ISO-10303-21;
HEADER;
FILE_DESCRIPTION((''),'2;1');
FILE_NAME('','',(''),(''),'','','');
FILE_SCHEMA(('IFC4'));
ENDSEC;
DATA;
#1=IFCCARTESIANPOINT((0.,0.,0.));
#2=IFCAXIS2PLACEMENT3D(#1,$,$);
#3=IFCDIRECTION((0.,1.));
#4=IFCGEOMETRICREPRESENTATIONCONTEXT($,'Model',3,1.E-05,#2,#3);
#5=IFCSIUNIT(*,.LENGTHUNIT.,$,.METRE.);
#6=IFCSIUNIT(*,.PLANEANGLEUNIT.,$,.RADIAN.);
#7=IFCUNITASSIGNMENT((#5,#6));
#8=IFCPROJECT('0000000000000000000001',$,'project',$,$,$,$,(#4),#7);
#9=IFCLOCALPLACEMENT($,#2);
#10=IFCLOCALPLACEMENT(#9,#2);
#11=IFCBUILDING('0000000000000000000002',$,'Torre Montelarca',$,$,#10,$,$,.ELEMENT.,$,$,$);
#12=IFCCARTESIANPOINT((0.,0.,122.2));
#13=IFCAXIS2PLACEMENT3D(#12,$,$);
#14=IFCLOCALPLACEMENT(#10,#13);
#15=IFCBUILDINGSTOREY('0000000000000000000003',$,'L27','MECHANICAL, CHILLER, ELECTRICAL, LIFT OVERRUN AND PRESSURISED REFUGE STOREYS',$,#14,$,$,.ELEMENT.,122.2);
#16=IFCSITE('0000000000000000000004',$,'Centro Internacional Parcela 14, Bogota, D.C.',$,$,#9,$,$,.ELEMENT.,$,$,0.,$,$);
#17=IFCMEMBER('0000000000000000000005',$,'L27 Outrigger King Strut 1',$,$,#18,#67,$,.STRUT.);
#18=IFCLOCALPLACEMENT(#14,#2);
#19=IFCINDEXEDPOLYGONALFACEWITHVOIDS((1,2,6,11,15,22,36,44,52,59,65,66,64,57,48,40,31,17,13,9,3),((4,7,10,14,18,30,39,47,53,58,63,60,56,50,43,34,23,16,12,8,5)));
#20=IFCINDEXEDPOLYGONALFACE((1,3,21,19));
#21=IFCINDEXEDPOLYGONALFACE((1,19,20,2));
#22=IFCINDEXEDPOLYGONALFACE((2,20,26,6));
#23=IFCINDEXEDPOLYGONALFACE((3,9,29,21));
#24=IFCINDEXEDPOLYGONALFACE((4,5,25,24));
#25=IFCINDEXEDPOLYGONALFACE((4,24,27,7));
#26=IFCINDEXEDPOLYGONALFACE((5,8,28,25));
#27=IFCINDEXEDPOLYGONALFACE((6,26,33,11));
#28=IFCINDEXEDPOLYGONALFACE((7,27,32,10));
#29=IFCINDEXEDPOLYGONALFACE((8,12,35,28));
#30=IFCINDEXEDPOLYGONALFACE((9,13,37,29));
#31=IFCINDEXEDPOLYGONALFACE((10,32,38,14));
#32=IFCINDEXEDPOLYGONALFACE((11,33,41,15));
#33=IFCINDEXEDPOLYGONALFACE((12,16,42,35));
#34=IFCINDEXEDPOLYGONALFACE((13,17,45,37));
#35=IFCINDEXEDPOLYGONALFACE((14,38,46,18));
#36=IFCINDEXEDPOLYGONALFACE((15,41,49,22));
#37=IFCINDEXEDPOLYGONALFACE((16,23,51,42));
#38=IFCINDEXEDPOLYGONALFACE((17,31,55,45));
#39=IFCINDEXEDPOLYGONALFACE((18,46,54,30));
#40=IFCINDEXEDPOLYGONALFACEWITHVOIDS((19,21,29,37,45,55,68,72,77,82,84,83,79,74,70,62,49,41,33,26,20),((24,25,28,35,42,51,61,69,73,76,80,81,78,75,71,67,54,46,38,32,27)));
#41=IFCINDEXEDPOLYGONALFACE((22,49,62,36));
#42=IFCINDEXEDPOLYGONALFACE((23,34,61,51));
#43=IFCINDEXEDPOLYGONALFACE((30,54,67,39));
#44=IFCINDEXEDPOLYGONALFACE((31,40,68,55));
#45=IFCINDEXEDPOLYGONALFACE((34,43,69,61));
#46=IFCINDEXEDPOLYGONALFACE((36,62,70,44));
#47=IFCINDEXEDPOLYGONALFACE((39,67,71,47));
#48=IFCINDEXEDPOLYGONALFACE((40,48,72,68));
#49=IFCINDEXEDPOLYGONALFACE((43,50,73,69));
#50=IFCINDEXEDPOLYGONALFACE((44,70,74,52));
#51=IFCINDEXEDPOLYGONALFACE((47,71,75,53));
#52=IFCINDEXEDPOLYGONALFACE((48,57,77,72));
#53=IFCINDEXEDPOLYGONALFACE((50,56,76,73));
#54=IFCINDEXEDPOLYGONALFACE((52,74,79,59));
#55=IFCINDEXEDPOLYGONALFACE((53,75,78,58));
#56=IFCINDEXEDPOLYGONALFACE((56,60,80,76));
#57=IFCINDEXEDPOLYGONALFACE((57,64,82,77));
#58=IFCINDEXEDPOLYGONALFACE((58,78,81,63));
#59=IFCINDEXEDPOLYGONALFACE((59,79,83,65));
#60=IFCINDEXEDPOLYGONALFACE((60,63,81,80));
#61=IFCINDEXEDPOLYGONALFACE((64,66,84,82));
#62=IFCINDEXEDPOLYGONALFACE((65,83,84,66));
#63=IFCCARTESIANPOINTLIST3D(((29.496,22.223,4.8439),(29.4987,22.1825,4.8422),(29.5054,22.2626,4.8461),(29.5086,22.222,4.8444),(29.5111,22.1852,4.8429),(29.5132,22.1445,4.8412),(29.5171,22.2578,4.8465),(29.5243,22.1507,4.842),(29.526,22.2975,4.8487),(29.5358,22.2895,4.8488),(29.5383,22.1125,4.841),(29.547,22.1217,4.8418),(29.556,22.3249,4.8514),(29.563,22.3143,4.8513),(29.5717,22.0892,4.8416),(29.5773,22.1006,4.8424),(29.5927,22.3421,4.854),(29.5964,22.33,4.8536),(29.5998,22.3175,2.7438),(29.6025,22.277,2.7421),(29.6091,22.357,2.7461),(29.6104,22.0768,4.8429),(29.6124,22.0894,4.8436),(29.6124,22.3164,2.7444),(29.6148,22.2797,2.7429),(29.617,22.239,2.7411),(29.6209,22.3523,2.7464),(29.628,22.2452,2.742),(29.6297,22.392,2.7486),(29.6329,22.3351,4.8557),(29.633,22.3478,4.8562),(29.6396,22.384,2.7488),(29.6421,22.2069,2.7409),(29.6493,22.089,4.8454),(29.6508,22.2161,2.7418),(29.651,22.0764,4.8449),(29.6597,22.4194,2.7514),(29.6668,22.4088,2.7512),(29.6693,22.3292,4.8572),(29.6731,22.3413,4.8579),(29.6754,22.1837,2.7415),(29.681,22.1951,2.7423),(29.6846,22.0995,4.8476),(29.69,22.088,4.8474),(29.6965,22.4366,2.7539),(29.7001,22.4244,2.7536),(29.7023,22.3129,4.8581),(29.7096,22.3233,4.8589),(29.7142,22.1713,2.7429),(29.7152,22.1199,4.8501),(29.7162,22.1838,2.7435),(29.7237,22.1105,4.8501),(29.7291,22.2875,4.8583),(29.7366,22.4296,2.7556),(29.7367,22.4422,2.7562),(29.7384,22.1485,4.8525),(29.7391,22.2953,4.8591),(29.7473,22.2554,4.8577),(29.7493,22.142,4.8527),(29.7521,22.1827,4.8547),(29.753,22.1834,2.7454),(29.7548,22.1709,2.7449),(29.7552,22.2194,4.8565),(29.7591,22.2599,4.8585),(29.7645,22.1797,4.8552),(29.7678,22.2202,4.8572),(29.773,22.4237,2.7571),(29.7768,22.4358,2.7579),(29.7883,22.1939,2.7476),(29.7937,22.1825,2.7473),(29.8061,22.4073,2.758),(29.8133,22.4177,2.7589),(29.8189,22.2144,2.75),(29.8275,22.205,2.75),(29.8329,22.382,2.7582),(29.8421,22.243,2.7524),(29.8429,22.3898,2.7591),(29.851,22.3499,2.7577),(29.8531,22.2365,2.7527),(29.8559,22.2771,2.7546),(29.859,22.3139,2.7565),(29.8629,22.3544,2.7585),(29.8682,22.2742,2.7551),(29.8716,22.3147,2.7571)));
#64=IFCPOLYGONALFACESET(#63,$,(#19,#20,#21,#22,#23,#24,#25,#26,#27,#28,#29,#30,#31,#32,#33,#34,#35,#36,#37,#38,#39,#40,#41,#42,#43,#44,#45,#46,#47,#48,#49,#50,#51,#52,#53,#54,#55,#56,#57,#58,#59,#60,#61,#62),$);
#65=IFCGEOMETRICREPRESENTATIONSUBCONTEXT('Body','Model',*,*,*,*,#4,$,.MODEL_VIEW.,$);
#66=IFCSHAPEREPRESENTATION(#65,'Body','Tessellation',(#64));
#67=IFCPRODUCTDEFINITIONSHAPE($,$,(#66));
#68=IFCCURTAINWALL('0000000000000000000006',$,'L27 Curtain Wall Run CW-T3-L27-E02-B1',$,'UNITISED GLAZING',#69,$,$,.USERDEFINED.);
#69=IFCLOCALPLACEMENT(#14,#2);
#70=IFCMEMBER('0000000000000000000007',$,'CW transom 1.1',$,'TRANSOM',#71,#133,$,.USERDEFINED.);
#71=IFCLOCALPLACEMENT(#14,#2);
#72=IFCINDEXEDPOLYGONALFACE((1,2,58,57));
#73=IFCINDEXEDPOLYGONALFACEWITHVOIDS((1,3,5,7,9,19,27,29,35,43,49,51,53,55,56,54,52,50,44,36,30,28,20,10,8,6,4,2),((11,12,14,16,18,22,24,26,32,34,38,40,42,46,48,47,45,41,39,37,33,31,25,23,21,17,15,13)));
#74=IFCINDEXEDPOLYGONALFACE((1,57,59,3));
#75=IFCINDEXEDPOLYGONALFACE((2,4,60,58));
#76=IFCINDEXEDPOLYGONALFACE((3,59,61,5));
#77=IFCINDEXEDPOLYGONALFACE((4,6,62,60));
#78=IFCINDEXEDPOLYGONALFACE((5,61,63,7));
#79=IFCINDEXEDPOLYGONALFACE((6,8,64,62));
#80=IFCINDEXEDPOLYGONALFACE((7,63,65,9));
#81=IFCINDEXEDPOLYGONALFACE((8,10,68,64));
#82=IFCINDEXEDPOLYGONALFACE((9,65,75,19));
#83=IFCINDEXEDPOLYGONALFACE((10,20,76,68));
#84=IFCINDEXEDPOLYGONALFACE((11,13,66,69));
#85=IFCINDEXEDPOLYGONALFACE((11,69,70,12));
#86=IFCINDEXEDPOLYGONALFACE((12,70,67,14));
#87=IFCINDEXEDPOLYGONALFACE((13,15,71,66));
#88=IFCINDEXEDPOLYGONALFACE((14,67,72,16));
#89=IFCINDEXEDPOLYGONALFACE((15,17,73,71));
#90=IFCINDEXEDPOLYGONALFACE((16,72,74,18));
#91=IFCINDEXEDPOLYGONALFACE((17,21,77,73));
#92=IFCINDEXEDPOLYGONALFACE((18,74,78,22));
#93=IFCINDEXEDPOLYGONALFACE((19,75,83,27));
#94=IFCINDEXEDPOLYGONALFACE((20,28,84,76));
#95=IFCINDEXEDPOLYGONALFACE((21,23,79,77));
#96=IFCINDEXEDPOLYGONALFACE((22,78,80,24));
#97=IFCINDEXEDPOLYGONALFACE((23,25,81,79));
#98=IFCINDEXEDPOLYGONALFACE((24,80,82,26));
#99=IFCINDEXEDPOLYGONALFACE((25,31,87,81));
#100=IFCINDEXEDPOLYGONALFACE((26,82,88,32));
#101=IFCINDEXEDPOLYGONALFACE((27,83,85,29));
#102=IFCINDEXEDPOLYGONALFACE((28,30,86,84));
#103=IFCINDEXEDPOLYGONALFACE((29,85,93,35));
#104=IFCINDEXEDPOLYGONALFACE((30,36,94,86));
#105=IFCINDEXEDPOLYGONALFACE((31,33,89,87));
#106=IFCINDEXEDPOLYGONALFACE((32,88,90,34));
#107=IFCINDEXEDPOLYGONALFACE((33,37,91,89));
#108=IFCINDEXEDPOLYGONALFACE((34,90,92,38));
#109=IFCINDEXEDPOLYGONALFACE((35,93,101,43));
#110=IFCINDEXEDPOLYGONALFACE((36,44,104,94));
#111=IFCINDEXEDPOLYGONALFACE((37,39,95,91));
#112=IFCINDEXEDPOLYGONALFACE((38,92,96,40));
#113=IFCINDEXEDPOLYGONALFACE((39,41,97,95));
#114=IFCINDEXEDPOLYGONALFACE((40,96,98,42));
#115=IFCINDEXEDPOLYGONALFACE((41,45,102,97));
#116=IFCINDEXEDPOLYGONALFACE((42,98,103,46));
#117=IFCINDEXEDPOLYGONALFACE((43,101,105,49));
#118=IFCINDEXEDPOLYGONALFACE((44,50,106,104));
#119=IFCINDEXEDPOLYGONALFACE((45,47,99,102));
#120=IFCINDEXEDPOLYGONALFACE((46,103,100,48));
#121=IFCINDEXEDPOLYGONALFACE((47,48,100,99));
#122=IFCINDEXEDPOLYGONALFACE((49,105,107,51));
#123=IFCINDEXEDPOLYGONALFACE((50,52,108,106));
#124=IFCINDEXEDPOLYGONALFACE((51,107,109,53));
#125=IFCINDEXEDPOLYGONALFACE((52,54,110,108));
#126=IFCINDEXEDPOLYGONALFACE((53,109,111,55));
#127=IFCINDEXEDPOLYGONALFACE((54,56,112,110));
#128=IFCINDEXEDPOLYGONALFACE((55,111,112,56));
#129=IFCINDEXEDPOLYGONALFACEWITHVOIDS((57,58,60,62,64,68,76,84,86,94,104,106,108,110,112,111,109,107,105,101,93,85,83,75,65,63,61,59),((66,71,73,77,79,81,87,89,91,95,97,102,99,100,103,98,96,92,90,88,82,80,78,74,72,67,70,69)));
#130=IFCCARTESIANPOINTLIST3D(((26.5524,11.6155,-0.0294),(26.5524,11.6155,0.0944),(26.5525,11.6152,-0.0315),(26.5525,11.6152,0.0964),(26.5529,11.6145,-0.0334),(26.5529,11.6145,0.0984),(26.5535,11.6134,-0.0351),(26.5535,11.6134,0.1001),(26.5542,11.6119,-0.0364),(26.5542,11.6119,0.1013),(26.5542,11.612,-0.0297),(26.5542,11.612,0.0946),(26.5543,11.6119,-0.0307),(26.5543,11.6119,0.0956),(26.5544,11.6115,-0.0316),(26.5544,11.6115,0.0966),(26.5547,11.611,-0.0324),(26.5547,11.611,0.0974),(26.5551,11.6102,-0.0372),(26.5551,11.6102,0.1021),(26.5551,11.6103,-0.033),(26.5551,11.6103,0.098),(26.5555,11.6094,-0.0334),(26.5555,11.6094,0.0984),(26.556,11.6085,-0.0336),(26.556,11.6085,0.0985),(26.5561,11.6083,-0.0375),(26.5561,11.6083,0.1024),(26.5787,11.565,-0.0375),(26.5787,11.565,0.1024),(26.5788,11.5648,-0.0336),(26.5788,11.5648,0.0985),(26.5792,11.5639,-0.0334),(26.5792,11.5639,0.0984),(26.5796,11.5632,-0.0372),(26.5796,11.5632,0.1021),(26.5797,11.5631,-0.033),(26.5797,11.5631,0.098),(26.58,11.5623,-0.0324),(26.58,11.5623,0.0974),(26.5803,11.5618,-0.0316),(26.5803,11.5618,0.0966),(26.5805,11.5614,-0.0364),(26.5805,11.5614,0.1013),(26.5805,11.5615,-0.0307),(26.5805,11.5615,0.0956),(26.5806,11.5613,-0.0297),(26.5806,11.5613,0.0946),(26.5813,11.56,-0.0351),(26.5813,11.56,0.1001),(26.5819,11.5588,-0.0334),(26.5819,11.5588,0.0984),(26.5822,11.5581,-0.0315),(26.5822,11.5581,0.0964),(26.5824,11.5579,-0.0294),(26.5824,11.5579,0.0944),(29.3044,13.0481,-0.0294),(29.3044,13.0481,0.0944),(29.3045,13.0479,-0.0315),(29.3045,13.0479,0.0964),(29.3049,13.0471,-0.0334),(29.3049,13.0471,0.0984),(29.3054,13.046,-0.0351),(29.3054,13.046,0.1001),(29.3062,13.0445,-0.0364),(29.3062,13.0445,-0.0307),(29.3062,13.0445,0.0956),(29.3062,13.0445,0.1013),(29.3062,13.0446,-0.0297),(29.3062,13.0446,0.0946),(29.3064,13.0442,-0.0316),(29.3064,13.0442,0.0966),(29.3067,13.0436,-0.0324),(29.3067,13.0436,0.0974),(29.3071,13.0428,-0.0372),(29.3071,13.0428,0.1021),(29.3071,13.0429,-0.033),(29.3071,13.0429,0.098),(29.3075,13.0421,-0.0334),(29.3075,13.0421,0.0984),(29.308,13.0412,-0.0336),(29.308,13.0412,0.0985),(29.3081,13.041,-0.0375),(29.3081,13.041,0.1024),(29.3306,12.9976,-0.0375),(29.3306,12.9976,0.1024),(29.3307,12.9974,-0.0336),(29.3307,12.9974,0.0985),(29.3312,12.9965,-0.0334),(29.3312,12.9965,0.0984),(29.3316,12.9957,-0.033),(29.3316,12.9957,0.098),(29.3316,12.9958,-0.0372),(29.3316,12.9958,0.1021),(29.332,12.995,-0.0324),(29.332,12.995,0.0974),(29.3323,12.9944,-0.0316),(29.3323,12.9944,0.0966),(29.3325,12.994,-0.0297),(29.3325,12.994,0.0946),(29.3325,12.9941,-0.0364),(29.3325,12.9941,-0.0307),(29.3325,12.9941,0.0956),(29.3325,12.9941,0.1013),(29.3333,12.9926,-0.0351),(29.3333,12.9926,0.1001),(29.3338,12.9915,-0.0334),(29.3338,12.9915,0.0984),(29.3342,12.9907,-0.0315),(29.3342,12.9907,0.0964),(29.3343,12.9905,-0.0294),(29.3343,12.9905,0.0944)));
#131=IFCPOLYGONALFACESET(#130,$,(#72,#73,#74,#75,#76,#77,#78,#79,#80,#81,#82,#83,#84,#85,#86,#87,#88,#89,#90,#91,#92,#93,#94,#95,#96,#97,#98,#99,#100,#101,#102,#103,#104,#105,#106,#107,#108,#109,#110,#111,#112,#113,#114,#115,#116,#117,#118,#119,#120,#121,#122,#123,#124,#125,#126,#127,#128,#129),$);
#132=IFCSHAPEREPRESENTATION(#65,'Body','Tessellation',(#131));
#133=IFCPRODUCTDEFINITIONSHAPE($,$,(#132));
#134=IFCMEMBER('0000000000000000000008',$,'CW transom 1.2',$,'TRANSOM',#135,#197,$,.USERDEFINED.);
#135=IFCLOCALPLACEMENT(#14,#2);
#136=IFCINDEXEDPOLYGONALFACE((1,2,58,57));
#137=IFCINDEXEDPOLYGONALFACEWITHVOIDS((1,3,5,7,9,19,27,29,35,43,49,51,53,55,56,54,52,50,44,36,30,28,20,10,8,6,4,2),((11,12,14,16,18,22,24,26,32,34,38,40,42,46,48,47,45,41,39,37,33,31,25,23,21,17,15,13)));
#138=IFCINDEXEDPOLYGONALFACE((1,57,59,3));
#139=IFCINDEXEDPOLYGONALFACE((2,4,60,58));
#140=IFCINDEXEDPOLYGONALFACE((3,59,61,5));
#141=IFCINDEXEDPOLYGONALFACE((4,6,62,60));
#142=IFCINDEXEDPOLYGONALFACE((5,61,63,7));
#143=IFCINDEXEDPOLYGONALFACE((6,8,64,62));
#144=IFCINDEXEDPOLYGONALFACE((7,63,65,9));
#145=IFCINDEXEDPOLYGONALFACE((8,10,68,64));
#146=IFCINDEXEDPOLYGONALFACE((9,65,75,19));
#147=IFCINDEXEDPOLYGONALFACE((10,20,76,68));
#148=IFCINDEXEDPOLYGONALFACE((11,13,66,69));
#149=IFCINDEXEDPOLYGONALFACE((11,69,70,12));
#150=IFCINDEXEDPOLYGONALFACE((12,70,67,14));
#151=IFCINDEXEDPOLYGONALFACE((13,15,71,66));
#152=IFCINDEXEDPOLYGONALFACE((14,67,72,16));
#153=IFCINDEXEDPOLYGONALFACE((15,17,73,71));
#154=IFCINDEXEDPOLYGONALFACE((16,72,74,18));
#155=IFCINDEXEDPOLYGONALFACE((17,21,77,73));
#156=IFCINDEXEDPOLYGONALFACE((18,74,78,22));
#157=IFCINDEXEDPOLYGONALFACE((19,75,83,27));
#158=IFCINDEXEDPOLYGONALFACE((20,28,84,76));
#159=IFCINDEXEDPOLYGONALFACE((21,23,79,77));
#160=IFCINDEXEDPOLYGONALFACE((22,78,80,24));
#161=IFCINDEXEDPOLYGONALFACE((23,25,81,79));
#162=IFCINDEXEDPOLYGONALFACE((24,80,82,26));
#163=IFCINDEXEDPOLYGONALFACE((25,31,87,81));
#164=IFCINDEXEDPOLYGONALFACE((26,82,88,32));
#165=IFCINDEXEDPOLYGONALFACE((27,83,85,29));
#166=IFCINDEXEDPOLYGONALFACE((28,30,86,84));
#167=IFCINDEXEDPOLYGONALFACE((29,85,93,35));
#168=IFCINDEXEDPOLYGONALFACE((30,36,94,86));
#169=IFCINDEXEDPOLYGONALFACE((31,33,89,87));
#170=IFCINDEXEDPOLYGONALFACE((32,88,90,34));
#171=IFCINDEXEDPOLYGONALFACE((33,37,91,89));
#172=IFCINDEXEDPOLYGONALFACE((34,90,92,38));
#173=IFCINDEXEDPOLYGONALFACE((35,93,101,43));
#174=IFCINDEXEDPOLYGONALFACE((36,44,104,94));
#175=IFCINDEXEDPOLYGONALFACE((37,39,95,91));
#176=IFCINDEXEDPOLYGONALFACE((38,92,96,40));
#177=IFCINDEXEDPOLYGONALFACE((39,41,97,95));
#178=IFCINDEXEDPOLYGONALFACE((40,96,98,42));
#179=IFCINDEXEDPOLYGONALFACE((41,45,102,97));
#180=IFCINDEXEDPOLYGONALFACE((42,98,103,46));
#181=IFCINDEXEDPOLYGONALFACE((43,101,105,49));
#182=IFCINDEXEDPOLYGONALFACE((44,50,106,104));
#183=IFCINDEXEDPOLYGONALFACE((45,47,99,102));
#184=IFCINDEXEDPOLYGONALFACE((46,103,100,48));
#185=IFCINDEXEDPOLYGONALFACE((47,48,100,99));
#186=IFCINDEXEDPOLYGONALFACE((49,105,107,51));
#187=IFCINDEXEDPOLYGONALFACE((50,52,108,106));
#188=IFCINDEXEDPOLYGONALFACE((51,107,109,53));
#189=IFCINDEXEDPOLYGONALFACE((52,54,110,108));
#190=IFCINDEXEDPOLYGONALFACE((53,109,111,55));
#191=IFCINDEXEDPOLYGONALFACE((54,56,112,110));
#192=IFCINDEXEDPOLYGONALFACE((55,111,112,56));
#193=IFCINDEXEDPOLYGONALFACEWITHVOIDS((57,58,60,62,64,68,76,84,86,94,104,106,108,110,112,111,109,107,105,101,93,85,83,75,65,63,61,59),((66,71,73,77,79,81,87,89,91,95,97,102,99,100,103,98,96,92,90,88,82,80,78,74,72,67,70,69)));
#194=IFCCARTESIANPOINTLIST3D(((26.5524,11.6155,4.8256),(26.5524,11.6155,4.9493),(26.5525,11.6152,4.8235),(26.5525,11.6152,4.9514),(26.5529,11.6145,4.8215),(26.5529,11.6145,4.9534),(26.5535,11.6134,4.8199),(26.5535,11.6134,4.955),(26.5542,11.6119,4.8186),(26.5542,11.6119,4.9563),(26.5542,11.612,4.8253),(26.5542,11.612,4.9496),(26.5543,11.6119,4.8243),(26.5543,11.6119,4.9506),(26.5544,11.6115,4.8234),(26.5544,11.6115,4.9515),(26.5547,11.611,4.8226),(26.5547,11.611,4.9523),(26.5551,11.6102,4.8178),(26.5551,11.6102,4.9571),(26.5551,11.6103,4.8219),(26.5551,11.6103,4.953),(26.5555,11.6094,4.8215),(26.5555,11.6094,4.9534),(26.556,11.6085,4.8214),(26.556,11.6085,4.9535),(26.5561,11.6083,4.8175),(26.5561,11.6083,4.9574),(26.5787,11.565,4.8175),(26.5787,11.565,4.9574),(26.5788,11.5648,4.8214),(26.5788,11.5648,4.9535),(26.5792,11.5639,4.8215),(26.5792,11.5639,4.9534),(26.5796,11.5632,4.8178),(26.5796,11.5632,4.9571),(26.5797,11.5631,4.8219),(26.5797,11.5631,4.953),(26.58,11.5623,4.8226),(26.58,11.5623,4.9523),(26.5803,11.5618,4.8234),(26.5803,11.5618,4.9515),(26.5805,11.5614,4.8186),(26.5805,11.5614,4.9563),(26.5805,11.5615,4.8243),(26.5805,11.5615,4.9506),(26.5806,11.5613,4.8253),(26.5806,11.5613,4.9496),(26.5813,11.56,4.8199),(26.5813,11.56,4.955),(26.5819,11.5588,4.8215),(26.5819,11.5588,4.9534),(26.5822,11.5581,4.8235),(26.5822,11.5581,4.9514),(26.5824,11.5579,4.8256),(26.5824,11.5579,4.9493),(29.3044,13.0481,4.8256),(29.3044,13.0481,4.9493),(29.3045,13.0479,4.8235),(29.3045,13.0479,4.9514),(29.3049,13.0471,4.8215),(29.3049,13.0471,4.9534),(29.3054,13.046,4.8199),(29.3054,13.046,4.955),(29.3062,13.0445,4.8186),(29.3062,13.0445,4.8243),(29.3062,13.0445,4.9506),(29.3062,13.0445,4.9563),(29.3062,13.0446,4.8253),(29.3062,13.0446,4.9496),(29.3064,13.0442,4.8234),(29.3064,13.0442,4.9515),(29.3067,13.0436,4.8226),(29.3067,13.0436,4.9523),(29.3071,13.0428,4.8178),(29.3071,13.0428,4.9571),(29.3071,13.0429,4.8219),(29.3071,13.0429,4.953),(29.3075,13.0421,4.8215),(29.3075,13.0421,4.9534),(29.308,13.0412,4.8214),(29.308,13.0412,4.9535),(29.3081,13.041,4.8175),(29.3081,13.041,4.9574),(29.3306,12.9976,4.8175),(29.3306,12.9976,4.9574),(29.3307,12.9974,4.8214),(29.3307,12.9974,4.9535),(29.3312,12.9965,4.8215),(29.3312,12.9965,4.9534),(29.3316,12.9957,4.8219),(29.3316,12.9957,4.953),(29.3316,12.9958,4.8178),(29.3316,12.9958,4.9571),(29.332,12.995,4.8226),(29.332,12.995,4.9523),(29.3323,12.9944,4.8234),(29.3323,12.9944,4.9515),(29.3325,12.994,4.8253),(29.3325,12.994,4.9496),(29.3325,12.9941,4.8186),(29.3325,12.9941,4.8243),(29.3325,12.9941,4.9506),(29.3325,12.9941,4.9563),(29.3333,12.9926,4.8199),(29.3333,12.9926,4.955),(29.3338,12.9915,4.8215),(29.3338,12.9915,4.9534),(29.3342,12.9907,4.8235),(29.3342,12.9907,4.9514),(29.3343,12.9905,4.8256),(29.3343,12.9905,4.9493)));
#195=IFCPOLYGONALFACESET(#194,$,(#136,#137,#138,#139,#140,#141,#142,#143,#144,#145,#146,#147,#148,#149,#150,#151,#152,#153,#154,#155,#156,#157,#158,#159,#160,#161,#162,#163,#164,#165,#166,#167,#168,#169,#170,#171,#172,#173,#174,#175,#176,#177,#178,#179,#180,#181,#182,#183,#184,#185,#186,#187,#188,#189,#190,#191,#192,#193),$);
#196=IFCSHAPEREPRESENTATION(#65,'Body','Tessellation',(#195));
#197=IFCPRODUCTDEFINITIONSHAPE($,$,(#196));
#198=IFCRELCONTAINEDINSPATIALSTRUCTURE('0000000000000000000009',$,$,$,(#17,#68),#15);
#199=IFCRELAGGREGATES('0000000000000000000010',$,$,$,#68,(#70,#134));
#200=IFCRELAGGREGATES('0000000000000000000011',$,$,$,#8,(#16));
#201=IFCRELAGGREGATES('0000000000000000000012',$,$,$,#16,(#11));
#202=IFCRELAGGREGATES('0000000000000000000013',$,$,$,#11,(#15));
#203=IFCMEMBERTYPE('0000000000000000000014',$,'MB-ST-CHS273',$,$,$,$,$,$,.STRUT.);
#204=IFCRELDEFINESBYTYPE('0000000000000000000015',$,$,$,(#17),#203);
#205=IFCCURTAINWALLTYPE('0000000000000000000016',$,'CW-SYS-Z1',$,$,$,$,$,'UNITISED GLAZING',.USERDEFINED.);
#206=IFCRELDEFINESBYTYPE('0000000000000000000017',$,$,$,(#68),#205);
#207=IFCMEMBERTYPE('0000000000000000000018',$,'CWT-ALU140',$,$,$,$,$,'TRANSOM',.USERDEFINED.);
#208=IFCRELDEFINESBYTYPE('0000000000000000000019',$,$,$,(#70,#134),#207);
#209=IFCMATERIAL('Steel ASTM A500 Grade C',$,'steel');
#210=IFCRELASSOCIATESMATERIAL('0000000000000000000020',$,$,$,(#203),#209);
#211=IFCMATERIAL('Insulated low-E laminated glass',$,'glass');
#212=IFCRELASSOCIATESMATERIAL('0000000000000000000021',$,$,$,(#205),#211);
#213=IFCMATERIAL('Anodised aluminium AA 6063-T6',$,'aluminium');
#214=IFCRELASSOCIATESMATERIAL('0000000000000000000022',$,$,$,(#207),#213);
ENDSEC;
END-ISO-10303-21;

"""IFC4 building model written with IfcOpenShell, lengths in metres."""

from ifc_helpers import new_model, si_unit, direction, frame, origin, origin_2d, place, context, subcontext, project, spatial, hollow_rectangle, hollow_circle, extrude, source, transform, mapped, material, material_profile, profile_set, type_object, element, aggregate, save


model = new_model("IFC4")

# Units and contexts
model_context = context("Model", 3, precision=1e-05, world=origin(), true_north=direction((0.0, 1.0)))
body_context = subcontext(model_context, "Body", "Model", "MODEL_VIEW")
ifc_project = project(units=[si_unit("LENGTHUNIT", "METRE"), si_unit("PLANEANGLEUNIT", "RADIAN")], contexts=[model_context])

# Site, building, storey
site_placement = place(None, origin())
site = spatial("IfcSite", under=ifc_project, at=site_placement, Name="Centro Internacional Parcela 14, Bogota, D.C.", CompositionType="ELEMENT", RefElevation=0.0)
building_placement = place(site_placement, origin())
building = spatial("IfcBuilding", under=site, at=building_placement, Name="Torre Montelarca", CompositionType="ELEMENT")
storey_placement = place(building_placement, frame((0.0, 0.0, 122.2)))
storey = spatial("IfcBuildingStorey", under=building, at=storey_placement, Name="L27", Description="MECHANICAL, CHILLER, ELECTRICAL, LIFT OVERRUN AND PRESSURISED REFUGE STOREYS", CompositionType="ELEMENT", Elevation=122.2)

# Member
ifc_material_1 = material(Name="Steel ASTM A500 Grade C", Category="steel")
ifc_material_profile_1 = material_profile(ifc_material_1, hollow_circle(Radius=0.1365, WallThickness=0.0127, at=origin_2d()), Name="HSS273.1X12.7", Category="steel")
ifc_profile_set_1 = profile_set([ifc_material_profile_1], Name="Steel ASTM A500 Grade C")
member_type_1 = type_object("IfcMemberType", Name="MB-ST-CHS273", PredefinedType="STRUT", material=ifc_profile_set_1)
shared_shape_1 = source(origin(), body_context, "Body", "SweptSolid", [
    extrude(hollow_circle(Radius=0.1365, WallThickness=0.0127, at=origin_2d()), origin(), (0.0, 0.0, 1.0), 2.1047),
])
member_1_placement = place(storey_placement, frame((29.7356, 22.3059, 2.75), z_axis=(-0.049297, -0.044889, 0.997775), x_axis=(0.673279, -0.739389, 0.0)))
element("IfcMember", 1, at=member_1_placement, inside=storey, type_object=member_type_1, Name="L27 Outrigger King Strut 1", PredefinedType="STRUT", context=body_context, shape_type="MappedRepresentation", body=[
    mapped(shared_shape_1, transform((0.0, 0.0, 0.0), scale=1.0)),
])

# Curtain wall, members
ifc_material_2 = material(Name="Insulated low-E laminated glass", Category="glass")
curtain_wall_type = type_object("IfcCurtainWallType", Name="CW-SYS-Z1", ElementType="UNITISED GLAZING", PredefinedType="USERDEFINED", material=ifc_material_2)
curtain_wall_1_placement = place(storey_placement, origin())
curtain_wall_1 = element("IfcCurtainWall", 2, at=curtain_wall_1_placement, inside=storey, type_object=curtain_wall_type, Name="L27 Curtain Wall Run CW-T3-L27-E02-B1", ObjectType="UNITISED GLAZING", PredefinedType="USERDEFINED")
ifc_material_3 = material(Name="Anodised aluminium AA 6063-T6", Category="aluminium")
ifc_material_profile_2 = material_profile(ifc_material_3, hollow_rectangle(XDim=0.0649, YDim=0.1399, WallThickness=0.0039, InnerFilletRadius=0.0039, OuterFilletRadius=0.0081, at=origin_2d()), Name="ALU65X140X4", Category="aluminium")
ifc_profile_set_2 = profile_set([ifc_material_profile_2], Name="Anodised aluminium AA 6063-T6")
member_type_2 = type_object("IfcMemberType", Name="CWT-ALU140", ElementType="TRANSOM", PredefinedType="USERDEFINED", material=ifc_profile_set_2)
shared_shape_2 = source(origin(), body_context, "Body", "SweptSolid", [
    extrude(hollow_rectangle(XDim=0.0649, YDim=0.1399, WallThickness=0.0039, InnerFilletRadius=0.0039, OuterFilletRadius=0.0081, at=origin_2d()), origin(), (0.0, 0.0, 1.0), 3.1025),
])
member_2_placement = place(storey_placement, frame((26.5674, 11.5867, 0.0325), z_axis=(0.887005, 0.461759, 0.0), x_axis=(-0.461759, 0.887005, 0.0)))
member_2 = element("IfcMember", 3, at=member_2_placement, type_object=member_type_2, Name="CW transom 1.1", ObjectType="TRANSOM", PredefinedType="USERDEFINED", context=body_context, shape_type="MappedRepresentation", body=[
    mapped(shared_shape_2, transform((0.0, 0.0, 0.0), scale=1.0)),
])
member_3_placement = place(storey_placement, frame((26.5674, 11.5867, 4.8875), z_axis=(0.887005, 0.461759, 0.0), x_axis=(-0.461759, 0.887005, 0.0)))
member_3 = element("IfcMember", 4, at=member_3_placement, type_object=member_type_2, Name="CW transom 1.2", ObjectType="TRANSOM", PredefinedType="USERDEFINED", context=body_context, shape_type="MappedRepresentation", body=[
    mapped(shared_shape_2, transform((0.0, 0.0, 0.0), scale=1.0)),
])

aggregate(curtain_wall_1, [member_2, member_3])

save(model, "model.ifc")
